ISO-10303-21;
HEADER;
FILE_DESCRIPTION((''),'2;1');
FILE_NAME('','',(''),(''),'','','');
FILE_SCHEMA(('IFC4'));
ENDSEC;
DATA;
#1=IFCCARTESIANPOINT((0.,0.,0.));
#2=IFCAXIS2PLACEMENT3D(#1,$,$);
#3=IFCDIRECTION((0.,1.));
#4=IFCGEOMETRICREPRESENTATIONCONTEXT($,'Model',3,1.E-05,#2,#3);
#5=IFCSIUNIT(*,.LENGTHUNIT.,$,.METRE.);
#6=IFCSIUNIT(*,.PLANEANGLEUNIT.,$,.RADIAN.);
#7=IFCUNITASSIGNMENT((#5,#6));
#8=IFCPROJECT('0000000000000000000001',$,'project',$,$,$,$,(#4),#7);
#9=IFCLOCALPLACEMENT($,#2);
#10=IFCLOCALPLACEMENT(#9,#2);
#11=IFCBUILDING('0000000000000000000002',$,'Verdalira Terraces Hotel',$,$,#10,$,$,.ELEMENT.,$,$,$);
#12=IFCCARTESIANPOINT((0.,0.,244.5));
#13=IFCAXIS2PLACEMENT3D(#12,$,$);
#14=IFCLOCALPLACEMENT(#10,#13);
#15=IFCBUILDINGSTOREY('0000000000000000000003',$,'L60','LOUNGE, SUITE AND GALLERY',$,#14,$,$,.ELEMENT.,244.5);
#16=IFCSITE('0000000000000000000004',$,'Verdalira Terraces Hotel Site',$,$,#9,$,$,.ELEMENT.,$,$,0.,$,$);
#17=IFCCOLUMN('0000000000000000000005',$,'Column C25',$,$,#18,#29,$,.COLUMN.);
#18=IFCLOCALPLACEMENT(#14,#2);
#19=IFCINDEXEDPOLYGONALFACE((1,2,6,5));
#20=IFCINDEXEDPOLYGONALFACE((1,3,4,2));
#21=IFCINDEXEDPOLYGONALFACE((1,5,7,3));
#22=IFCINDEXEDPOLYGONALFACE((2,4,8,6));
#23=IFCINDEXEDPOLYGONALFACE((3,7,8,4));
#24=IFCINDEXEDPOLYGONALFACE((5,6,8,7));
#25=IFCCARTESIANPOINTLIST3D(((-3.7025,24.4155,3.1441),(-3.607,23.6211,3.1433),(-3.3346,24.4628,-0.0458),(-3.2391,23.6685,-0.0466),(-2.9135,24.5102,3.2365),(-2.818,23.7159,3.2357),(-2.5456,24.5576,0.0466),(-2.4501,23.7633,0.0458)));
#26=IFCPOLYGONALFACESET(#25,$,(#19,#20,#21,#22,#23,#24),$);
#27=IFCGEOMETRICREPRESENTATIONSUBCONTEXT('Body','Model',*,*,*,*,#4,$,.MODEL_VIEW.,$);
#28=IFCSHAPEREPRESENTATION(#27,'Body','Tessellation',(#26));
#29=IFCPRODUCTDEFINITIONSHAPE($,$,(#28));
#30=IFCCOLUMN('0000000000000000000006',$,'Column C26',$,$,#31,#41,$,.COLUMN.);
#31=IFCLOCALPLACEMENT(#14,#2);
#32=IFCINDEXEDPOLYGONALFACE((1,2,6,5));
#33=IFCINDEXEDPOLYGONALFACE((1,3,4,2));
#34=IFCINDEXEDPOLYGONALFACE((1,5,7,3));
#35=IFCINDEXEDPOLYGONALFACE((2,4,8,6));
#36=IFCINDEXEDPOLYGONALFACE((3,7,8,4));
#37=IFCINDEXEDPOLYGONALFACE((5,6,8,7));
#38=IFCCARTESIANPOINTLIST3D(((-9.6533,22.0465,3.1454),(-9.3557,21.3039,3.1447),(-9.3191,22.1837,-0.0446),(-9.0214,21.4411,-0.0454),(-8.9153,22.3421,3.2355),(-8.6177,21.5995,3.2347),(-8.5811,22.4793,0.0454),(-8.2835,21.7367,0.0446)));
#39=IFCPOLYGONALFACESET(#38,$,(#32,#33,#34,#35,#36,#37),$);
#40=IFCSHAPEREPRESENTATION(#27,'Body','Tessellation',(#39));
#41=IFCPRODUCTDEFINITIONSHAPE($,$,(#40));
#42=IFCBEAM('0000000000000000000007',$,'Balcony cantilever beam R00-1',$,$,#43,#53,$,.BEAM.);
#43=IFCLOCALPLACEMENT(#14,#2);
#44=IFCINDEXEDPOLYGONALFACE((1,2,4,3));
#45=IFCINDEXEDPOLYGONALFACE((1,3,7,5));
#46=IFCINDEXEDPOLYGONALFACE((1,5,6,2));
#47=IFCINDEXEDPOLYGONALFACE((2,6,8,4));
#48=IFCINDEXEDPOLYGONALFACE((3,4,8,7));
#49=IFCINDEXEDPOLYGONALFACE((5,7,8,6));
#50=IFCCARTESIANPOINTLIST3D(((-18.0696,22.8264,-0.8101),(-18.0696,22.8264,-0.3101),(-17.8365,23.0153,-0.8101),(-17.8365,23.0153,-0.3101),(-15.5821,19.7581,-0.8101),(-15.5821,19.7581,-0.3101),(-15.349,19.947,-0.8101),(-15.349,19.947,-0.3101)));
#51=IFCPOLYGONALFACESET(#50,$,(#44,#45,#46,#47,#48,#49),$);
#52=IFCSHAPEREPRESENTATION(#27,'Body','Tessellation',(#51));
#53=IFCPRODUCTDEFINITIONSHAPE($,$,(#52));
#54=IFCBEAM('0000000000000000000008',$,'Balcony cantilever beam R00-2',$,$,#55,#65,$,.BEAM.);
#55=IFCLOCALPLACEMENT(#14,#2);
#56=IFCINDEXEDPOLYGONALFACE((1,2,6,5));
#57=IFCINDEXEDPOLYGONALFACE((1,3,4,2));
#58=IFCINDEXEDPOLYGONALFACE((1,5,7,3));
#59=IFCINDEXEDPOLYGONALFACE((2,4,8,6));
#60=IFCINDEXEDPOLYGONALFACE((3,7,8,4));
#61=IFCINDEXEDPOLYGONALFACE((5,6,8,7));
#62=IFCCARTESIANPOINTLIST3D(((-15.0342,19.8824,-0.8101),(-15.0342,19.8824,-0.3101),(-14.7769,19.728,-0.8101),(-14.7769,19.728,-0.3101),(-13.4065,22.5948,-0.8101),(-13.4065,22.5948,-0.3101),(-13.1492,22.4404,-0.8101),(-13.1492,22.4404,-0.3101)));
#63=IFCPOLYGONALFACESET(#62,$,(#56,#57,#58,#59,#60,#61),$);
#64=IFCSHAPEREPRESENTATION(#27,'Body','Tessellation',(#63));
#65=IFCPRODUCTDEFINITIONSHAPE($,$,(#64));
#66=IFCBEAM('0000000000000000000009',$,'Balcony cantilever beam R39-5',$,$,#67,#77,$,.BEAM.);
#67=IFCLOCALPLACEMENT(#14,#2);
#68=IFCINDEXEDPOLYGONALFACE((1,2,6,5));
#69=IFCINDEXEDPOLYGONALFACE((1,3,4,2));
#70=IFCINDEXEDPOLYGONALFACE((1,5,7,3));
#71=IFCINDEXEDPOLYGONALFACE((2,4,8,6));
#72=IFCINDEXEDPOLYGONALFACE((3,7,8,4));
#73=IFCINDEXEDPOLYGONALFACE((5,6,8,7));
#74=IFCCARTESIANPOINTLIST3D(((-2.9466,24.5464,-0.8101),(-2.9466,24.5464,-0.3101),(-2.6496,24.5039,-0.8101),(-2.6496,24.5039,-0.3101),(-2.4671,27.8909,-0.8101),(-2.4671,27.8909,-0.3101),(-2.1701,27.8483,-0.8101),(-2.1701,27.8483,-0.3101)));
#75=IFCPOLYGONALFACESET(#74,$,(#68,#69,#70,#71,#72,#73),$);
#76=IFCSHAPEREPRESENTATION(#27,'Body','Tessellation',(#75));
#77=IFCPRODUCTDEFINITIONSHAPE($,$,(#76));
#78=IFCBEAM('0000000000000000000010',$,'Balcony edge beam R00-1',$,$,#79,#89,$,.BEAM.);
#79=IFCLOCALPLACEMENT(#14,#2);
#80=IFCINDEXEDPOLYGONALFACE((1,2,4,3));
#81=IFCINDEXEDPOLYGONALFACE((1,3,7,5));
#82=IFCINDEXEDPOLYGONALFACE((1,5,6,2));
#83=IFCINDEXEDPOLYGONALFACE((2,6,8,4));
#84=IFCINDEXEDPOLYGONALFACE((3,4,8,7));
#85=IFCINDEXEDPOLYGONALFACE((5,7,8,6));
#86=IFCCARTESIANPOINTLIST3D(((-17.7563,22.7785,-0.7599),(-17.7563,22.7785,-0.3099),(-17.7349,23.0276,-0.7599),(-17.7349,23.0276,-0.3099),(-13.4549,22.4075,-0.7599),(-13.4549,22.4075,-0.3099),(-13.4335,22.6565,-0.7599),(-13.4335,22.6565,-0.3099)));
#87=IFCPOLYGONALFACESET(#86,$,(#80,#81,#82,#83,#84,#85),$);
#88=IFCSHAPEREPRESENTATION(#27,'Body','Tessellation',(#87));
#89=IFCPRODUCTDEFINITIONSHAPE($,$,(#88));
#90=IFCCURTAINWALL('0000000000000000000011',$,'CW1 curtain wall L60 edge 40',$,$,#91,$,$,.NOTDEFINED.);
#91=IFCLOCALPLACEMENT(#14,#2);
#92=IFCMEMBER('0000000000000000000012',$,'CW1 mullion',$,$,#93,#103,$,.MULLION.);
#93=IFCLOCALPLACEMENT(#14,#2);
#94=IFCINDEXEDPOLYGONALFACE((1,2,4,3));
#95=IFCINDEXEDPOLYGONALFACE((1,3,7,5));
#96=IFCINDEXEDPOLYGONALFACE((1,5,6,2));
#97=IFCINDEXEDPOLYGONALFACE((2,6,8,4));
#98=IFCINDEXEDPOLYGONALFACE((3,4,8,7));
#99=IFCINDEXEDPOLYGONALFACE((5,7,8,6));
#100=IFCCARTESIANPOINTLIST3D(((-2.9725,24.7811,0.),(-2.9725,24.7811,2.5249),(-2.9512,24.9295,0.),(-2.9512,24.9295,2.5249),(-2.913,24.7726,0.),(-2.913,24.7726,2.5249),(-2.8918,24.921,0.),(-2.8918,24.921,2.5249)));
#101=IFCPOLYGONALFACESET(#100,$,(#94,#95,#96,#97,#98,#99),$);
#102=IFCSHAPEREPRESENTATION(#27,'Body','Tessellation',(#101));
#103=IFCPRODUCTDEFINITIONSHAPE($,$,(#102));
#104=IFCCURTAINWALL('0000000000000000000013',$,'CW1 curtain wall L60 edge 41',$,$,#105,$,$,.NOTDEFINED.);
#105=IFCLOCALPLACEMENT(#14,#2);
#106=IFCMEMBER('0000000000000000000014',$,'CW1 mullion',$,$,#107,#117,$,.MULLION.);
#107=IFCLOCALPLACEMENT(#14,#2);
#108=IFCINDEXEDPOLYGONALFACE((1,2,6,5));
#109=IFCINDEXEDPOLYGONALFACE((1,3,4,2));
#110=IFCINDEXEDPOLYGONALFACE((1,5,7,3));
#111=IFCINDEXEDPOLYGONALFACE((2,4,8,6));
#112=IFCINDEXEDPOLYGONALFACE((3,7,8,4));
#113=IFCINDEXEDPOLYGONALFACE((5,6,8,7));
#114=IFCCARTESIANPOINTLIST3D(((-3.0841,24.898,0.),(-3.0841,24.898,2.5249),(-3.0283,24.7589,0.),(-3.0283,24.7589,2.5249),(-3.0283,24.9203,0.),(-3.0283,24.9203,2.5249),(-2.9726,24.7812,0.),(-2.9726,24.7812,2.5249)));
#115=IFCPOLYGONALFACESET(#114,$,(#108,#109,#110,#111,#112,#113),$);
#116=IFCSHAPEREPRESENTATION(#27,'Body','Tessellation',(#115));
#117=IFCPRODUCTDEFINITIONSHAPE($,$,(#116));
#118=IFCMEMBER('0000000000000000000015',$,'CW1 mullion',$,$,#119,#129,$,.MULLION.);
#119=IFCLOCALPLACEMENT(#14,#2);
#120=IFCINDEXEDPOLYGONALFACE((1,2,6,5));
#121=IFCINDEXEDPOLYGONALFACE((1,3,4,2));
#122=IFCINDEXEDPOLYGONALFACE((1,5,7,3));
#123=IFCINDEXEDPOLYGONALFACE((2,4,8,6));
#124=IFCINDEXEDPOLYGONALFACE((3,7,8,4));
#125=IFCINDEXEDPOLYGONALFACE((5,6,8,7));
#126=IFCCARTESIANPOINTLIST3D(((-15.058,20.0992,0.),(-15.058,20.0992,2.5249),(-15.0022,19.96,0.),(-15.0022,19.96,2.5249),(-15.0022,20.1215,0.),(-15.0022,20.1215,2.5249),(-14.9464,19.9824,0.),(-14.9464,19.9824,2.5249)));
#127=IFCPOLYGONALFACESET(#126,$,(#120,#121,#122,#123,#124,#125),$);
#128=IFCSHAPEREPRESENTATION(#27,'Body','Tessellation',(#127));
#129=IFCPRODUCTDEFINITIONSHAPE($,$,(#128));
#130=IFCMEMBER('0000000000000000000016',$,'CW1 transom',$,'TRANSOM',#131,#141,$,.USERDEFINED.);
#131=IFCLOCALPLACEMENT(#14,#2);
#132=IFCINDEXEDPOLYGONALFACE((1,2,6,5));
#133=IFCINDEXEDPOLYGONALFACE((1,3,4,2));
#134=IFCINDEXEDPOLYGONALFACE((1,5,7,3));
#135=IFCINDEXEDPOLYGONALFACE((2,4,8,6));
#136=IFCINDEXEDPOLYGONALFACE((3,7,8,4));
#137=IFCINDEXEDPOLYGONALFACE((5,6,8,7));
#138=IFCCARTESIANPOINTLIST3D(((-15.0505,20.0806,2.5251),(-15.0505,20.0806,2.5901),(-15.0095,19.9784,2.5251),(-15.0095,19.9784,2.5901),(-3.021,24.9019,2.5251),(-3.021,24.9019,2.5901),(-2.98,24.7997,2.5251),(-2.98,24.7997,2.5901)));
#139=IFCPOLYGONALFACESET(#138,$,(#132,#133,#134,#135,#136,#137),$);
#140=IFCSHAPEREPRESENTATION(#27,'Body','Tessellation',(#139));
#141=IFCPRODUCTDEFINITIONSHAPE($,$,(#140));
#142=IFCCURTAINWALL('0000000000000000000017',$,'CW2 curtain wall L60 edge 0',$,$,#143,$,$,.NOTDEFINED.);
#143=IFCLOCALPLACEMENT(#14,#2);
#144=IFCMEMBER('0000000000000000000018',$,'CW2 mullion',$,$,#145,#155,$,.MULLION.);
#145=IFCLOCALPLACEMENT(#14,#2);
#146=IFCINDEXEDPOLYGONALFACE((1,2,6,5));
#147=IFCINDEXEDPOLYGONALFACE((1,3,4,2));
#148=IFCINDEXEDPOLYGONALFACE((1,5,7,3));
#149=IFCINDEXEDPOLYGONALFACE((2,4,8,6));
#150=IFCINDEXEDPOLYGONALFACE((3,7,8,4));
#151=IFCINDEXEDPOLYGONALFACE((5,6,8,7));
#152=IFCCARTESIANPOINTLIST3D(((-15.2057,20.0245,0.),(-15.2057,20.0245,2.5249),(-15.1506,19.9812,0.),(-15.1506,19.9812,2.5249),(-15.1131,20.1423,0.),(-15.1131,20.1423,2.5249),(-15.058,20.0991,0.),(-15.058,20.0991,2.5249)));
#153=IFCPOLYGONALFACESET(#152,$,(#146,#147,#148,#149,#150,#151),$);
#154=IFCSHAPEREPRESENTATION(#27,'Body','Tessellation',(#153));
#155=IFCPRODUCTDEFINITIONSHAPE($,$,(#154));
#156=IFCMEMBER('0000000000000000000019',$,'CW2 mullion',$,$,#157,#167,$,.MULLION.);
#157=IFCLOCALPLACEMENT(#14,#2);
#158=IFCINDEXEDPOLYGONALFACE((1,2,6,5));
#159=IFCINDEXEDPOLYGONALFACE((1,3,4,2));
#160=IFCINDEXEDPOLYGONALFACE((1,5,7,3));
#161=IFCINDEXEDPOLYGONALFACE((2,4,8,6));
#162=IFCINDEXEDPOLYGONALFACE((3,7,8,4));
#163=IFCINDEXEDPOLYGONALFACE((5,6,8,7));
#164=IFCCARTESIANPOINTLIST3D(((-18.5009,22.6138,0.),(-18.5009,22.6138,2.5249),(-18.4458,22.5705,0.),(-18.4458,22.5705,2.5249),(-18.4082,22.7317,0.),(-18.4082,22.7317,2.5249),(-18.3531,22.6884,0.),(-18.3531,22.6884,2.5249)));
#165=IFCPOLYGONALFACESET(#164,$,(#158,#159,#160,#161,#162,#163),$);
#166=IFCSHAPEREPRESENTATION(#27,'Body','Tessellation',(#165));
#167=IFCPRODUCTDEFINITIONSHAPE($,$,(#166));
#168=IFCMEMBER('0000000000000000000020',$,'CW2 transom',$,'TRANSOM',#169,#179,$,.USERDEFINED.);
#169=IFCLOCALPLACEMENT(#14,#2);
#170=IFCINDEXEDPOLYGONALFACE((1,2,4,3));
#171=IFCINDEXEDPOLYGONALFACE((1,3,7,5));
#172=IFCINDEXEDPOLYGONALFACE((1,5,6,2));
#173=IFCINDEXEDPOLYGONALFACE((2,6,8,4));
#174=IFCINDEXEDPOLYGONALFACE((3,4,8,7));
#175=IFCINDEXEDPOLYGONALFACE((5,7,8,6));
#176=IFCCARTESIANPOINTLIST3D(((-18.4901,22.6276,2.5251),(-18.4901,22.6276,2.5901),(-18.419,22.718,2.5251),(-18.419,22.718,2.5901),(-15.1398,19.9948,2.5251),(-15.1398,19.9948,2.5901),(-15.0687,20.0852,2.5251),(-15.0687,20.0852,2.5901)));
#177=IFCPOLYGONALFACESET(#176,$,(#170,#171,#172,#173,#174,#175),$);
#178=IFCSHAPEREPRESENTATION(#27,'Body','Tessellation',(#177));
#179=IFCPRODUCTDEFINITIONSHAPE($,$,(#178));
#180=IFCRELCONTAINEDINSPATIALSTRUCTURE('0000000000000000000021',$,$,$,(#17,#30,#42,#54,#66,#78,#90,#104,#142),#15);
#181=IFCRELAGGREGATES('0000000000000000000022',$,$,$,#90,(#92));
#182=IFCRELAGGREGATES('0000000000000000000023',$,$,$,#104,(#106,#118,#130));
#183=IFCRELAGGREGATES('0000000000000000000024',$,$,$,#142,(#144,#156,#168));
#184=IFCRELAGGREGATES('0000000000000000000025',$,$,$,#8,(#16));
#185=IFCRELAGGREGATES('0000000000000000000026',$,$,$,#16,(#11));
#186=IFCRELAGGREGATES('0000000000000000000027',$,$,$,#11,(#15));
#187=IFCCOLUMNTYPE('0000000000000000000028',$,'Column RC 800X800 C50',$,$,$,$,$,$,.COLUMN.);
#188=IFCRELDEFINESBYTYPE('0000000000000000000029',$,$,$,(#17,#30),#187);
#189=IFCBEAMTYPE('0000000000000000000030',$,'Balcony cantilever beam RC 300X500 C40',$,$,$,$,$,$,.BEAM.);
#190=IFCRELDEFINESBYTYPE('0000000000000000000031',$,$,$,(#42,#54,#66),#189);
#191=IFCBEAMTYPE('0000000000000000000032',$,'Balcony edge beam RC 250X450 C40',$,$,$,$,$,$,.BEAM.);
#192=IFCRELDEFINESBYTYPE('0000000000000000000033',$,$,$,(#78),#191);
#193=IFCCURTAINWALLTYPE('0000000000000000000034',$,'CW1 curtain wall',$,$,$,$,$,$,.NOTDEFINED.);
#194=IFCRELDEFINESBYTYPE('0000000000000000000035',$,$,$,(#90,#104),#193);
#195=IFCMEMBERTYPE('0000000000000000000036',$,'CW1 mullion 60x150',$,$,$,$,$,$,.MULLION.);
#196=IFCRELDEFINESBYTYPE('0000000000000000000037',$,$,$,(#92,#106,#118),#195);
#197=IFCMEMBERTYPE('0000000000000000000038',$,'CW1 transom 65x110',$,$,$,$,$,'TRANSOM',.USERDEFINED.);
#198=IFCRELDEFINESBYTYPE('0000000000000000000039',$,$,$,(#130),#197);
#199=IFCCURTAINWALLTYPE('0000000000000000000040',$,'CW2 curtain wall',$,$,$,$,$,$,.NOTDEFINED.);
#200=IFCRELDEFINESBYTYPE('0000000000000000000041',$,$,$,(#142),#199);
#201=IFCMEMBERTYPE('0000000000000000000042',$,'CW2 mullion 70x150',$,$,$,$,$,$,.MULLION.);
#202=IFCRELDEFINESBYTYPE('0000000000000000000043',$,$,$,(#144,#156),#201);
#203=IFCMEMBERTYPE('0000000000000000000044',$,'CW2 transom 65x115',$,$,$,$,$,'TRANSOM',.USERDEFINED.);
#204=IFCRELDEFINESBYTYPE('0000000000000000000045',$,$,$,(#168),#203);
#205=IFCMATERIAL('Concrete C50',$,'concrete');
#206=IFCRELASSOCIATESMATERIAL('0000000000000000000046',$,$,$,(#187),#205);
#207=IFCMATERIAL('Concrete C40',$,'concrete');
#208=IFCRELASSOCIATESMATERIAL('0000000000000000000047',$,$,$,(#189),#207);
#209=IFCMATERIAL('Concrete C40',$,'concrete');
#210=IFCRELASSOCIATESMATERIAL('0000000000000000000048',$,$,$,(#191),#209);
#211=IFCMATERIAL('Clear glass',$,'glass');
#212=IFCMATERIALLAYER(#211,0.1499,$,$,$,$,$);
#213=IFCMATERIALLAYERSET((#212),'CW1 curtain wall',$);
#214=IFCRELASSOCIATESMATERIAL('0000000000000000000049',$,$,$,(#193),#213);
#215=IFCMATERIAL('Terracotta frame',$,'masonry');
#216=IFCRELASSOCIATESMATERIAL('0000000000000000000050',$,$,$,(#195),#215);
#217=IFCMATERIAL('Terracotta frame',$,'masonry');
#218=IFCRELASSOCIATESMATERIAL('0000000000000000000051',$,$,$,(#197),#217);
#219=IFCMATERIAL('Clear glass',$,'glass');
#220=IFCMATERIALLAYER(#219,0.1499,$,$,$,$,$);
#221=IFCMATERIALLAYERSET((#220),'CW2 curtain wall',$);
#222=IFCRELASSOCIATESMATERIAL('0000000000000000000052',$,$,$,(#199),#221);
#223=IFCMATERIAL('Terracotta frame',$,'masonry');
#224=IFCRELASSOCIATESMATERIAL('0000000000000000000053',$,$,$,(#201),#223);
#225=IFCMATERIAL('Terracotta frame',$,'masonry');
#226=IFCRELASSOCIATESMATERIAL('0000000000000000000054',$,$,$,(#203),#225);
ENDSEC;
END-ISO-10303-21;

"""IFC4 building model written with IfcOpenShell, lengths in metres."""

from ifc_helpers import new_model, si_unit, direction, frame, origin, origin_2d, place, context, subcontext, project, spatial, rectangle, extrude, material, layer, layer_set, material_profile, profile_set, type_object, element, aggregate, save


model = new_model("IFC4")

# Units and contexts
model_context = context("Model", 3, precision=1e-05, world=origin(), true_north=direction((0.0, 1.0)))
body_context = subcontext(model_context, "Body", "Model", "MODEL_VIEW")
ifc_project = project(units=[si_unit("LENGTHUNIT", "METRE"), si_unit("PLANEANGLEUNIT", "RADIAN")], contexts=[model_context])

# Site, building, storey
site_placement = place(None, origin())
site = spatial("IfcSite", under=ifc_project, at=site_placement, Name="Verdalira Terraces Hotel Site", CompositionType="ELEMENT", RefElevation=0.0)
building_placement = place(site_placement, origin())
building = spatial("IfcBuilding", under=site, at=building_placement, Name="Verdalira Terraces Hotel", CompositionType="ELEMENT")
storey_placement = place(building_placement, frame((0.0, 0.0, 244.5)))
storey = spatial("IfcBuildingStorey", under=building, at=storey_placement, Name="L60", Description="LOUNGE, SUITE AND GALLERY", CompositionType="ELEMENT", Elevation=244.5)

# Columns
ifc_material_1 = material(Name="Concrete C50", Category="concrete")
ifc_material_profile_1 = material_profile(ifc_material_1, rectangle(XDim=0.8, YDim=0.8, at=origin_2d()), Name="RC 800X800")
ifc_profile_set_1 = profile_set([ifc_material_profile_1], Name="Concrete C50")
column_type = type_object("IfcColumnType", Name="Column RC 800X800 C50", PredefinedType="COLUMN", material=ifc_profile_set_1)
column_1_placement = place(storey_placement, frame((-2.8923, 24.113, 0.0), z_axis=(-0.114565, -0.014748, 0.993306), x_axis=(0.986218, 0.118456, 0.115507)))
element("IfcColumn", 1, at=column_1_placement, inside=storey, type_object=column_type, Name="Column C25", PredefinedType="COLUMN", context=body_context, shape_type="SweptSolid", body=[
    extrude(rectangle(XDim=0.8, YDim=0.8, at=origin_2d()), origin(), (0.0, 0.0, 1.0), 3.2114),
])
column_2_placement = place(storey_placement, frame((-8.8013, 21.9602, 0.0), z_axis=(-0.10411, -0.042739, 0.993647), x_axis=(-0.922376, -0.369538, -0.112537)))
element("IfcColumn", 2, at=column_2_placement, inside=storey, type_object=column_type, Name="Column C26", PredefinedType="COLUMN", context=body_context, shape_type="SweptSolid", body=[
    extrude(rectangle(XDim=0.8, YDim=0.8, at=origin_2d()), origin(), (0.0, 0.0, 1.0), 3.2104),
])

# Beams
ifc_material_2 = material(Name="Concrete C40", Category="concrete")
ifc_material_profile_2 = material_profile(ifc_material_2, rectangle(XDim=0.3, YDim=0.5, at=origin_2d()), Name="RC 300X500")
ifc_profile_set_2 = profile_set([ifc_material_profile_2], Name="Concrete C40")
beam_type_1 = type_object("IfcBeamType", Name="Balcony cantilever beam RC 300X500 C40", PredefinedType="BEAM", material=ifc_profile_set_2)
beam_1_placement = place(storey_placement, frame((-15.4656, 19.8525, -0.5601), z_axis=(-0.629755, 0.776794, 0.0), x_axis=(-0.776794, -0.629755, 0.0)))
element("IfcBeam", 3, at=beam_1_placement, inside=storey, type_object=beam_type_1, Name="Balcony cantilever beam R00-1", PredefinedType="BEAM", context=body_context, shape_type="SweptSolid", body=[
    extrude(rectangle(XDim=0.3, YDim=0.5, at=origin_2d()), origin(), (0.0, 0.0, 1.0), 3.95),
])
beam_2_placement = place(storey_placement, frame((-14.9055, 19.8052, -0.5601), z_axis=(0.514553, 0.857459, 0.0), x_axis=(-0.857459, 0.514553, 0.0)))
element("IfcBeam", 4, at=beam_2_placement, inside=storey, type_object=beam_type_1, Name="Balcony cantilever beam R00-2", PredefinedType="BEAM", context=body_context, shape_type="SweptSolid", body=[
    extrude(rectangle(XDim=0.3, YDim=0.5, at=origin_2d()), origin(), (0.0, 0.0, 1.0), 3.1633),
])
beam_3_placement = place(storey_placement, frame((-2.7981, 24.5251, -0.5601), z_axis=(0.141917, 0.989879, 0.0), x_axis=(-0.989879, 0.141917, 0.0)))
element("IfcBeam", 5, at=beam_3_placement, inside=storey, type_object=beam_type_1, Name="Balcony cantilever beam R39-5", PredefinedType="BEAM", context=body_context, shape_type="SweptSolid", body=[
    extrude(rectangle(XDim=0.3, YDim=0.5, at=origin_2d()), origin(), (0.0, 0.0, 1.0), 3.3787),
])
ifc_material_3 = material(Name="Concrete C40", Category="concrete")
ifc_material_profile_3 = material_profile(ifc_material_3, rectangle(XDim=0.25, YDim=0.45, at=origin_2d()), Name="RC 250X450")
ifc_profile_set_3 = profile_set([ifc_material_profile_3], Name="Concrete C40")
beam_type_2 = type_object("IfcBeamType", Name="Balcony edge beam RC 250X450 C40", PredefinedType="BEAM", material=ifc_profile_set_3)
beam_4_placement = place(storey_placement, frame((-17.7456, 22.9031, -0.5349), z_axis=(0.996299, -0.085951, 0.0), x_axis=(0.085951, 0.996299, 0.0)))
element("IfcBeam", 6, at=beam_4_placement, inside=storey, type_object=beam_type_2, Name="Balcony edge beam R00-1", PredefinedType="BEAM", context=body_context, shape_type="SweptSolid", body=[
    extrude(rectangle(XDim=0.25, YDim=0.45, at=origin_2d()), origin(), (0.0, 0.0, 1.0), 4.3174),
])

# Curtain wall, member
ifc_material_4 = material(Name="Clear glass", Category="glass")
ifc_layer_1 = layer(ifc_material_4, 0.1499)
ifc_layer_set_1 = layer_set([ifc_layer_1], Name="CW1 curtain wall")
curtain_wall_type_1 = type_object("IfcCurtainWallType", Name="CW1 curtain wall", PredefinedType="NOTDEFINED", material=ifc_layer_set_1)
curtain_wall_1_placement = place(storey_placement, origin())
curtain_wall_1 = element("IfcCurtainWall", 7, at=curtain_wall_1_placement, inside=storey, type_object=curtain_wall_type_1, Name="CW1 curtain wall L60 edge 40", PredefinedType="NOTDEFINED")
ifc_material_5 = material(Name="Terracotta frame", Category="masonry")
ifc_material_profile_4 = material_profile(ifc_material_5, rectangle(XDim=0.0601, YDim=0.1499, at=origin_2d()), Name="MU 60x150")
ifc_profile_set_4 = profile_set([ifc_material_profile_4], Name="Terracotta frame")
member_type_1 = type_object("IfcMemberType", Name="CW1 mullion 60x150", PredefinedType="MULLION", material=ifc_profile_set_4)
member_1_placement = place(storey_placement, frame((-2.9321, 24.8511, 0.0), z_axis=(0.0, 0.0, 1.0), x_axis=(-0.989876, 0.141938, 0.0)))
member_1 = element("IfcMember", 8, at=member_1_placement, type_object=member_type_1, Name="CW1 mullion", PredefinedType="MULLION", context=body_context, shape_type="SweptSolid", body=[
    extrude(rectangle(XDim=0.0601, YDim=0.1499, at=origin_2d()), origin(), (0.0, 0.0, 1.0), 2.5249),
])
aggregate(curtain_wall_1, [member_1])

# Curtain walls, members
curtain_wall_2_placement = place(storey_placement, origin())
curtain_wall_2 = element("IfcCurtainWall", 9, at=curtain_wall_2_placement, inside=storey, type_object=curtain_wall_type_1, Name="CW1 curtain wall L60 edge 41", PredefinedType="NOTDEFINED")
member_2_placement = place(storey_placement, frame((-3.0283, 24.8396, 0.0), z_axis=(0.0, 0.0, 1.0), x_axis=(-0.928226, -0.372016, 0.0)))
member_2 = element("IfcMember", 10, at=member_2_placement, type_object=member_type_1, Name="CW1 mullion", PredefinedType="MULLION", context=body_context, shape_type="SweptSolid", body=[
    extrude(rectangle(XDim=0.0601, YDim=0.1499, at=origin_2d()), origin(), (0.0, 0.0, 1.0), 2.5249),
])
member_3_placement = place(storey_placement, frame((-15.0022, 20.0408, 0.0), z_axis=(0.0, 0.0, 1.0), x_axis=(-0.928226, -0.372016, 0.0)))
member_3 = element("IfcMember", 11, at=member_3_placement, type_object=member_type_1, Name="CW1 mullion", PredefinedType="MULLION", context=body_context, shape_type="SweptSolid", body=[
    extrude(rectangle(XDim=0.0601, YDim=0.1499, at=origin_2d()), origin(), (0.0, 0.0, 1.0), 2.5249),
])
ifc_material_6 = material(Name="Terracotta frame", Category="masonry")
ifc_material_profile_5 = material_profile(ifc_material_6, rectangle(XDim=0.1101, YDim=0.0649, at=origin_2d()), Name="TR 65x110")
ifc_profile_set_5 = profile_set([ifc_material_profile_5], Name="Terracotta frame")
member_type_2 = type_object("IfcMemberType", Name="CW1 transom 65x110", ElementType="TRANSOM", PredefinedType="USERDEFINED", material=ifc_profile_set_5)
member_4_placement = place(storey_placement, frame((-3.0005, 24.8508, 2.5576), z_axis=(-0.928224, -0.372021, 0.0), x_axis=(0.372021, -0.928224, 0.0)))
member_4 = element("IfcMember", 12, at=member_4_placement, type_object=member_type_2, Name="CW1 transom", ObjectType="TRANSOM", PredefinedType="USERDEFINED", context=body_context, shape_type="SweptSolid", body=[
    extrude(rectangle(XDim=0.1101, YDim=0.0649, at=origin_2d()), origin(), (0.0, 0.0, 1.0), 12.9597),
])
ifc_material_7 = material(Name="Clear glass", Category="glass")
ifc_layer_2 = layer(ifc_material_7, 0.1499)
ifc_layer_set_2 = layer_set([ifc_layer_2], Name="CW2 curtain wall")
curtain_wall_type_2 = type_object("IfcCurtainWallType", Name="CW2 curtain wall", PredefinedType="NOTDEFINED", material=ifc_layer_set_2)
curtain_wall_3_placement = place(storey_placement, origin())
curtain_wall_3 = element("IfcCurtainWall", 13, at=curtain_wall_3_placement, inside=storey, type_object=curtain_wall_type_2, Name="CW2 curtain wall L60 edge 0", PredefinedType="NOTDEFINED")
ifc_material_8 = material(Name="Terracotta frame", Category="masonry")
ifc_material_profile_6 = material_profile(ifc_material_8, rectangle(XDim=0.0701, YDim=0.1499, at=origin_2d()), Name="MU 70x150")
ifc_profile_set_6 = profile_set([ifc_material_profile_6], Name="Terracotta frame")
member_type_3 = type_object("IfcMemberType", Name="CW2 mullion 70x150", PredefinedType="MULLION", material=ifc_profile_set_6)
member_5_placement = place(storey_placement, frame((-15.1318, 20.0618, 0.0), z_axis=(0.0, 0.0, 1.0), x_axis=(-0.786288, 0.61786, 0.0)))
member_5 = element("IfcMember", 14, at=member_5_placement, type_object=member_type_3, Name="CW2 mullion", PredefinedType="MULLION", context=body_context, shape_type="SweptSolid", body=[
    extrude(rectangle(XDim=0.0701, YDim=0.1499, at=origin_2d()), origin(), (0.0, 0.0, 1.0), 2.5249),
])
member_6_placement = place(storey_placement, frame((-18.427, 22.6511, 0.0), z_axis=(0.0, 0.0, 1.0), x_axis=(-0.786288, 0.61786, 0.0)))
member_6 = element("IfcMember", 15, at=member_6_placement, type_object=member_type_3, Name="CW2 mullion", PredefinedType="MULLION", context=body_context, shape_type="SweptSolid", body=[
    extrude(rectangle(XDim=0.0701, YDim=0.1499, at=origin_2d()), origin(), (0.0, 0.0, 1.0), 2.5249),
])
ifc_material_9 = material(Name="Terracotta frame", Category="masonry")
ifc_material_profile_7 = material_profile(ifc_material_9, rectangle(XDim=0.115, YDim=0.0649, at=origin_2d()), Name="TR 65x115")
ifc_profile_set_7 = profile_set([ifc_material_profile_7], Name="Terracotta frame")
member_type_4 = type_object("IfcMemberType", Name="CW2 transom 65x115", ElementType="TRANSOM", PredefinedType="USERDEFINED", material=ifc_profile_set_7)
member_7_placement = place(storey_placement, frame((-15.1042, 20.04, 2.5576), z_axis=(-0.786273, 0.61788, 0.0), x_axis=(-0.61788, -0.786273, 0.0)))
member_7 = element("IfcMember", 16, at=member_7_placement, type_object=member_type_4, Name="CW2 transom", ObjectType="TRANSOM", PredefinedType="USERDEFINED", context=body_context, shape_type="SweptSolid", body=[
    extrude(rectangle(XDim=0.115, YDim=0.0649, at=origin_2d()), origin(), (0.0, 0.0, 1.0), 4.261),
])

aggregate(curtain_wall_2, [member_2, member_3, member_4])
aggregate(curtain_wall_3, [member_5, member_6, member_7])

save(model, "model.ifc")
